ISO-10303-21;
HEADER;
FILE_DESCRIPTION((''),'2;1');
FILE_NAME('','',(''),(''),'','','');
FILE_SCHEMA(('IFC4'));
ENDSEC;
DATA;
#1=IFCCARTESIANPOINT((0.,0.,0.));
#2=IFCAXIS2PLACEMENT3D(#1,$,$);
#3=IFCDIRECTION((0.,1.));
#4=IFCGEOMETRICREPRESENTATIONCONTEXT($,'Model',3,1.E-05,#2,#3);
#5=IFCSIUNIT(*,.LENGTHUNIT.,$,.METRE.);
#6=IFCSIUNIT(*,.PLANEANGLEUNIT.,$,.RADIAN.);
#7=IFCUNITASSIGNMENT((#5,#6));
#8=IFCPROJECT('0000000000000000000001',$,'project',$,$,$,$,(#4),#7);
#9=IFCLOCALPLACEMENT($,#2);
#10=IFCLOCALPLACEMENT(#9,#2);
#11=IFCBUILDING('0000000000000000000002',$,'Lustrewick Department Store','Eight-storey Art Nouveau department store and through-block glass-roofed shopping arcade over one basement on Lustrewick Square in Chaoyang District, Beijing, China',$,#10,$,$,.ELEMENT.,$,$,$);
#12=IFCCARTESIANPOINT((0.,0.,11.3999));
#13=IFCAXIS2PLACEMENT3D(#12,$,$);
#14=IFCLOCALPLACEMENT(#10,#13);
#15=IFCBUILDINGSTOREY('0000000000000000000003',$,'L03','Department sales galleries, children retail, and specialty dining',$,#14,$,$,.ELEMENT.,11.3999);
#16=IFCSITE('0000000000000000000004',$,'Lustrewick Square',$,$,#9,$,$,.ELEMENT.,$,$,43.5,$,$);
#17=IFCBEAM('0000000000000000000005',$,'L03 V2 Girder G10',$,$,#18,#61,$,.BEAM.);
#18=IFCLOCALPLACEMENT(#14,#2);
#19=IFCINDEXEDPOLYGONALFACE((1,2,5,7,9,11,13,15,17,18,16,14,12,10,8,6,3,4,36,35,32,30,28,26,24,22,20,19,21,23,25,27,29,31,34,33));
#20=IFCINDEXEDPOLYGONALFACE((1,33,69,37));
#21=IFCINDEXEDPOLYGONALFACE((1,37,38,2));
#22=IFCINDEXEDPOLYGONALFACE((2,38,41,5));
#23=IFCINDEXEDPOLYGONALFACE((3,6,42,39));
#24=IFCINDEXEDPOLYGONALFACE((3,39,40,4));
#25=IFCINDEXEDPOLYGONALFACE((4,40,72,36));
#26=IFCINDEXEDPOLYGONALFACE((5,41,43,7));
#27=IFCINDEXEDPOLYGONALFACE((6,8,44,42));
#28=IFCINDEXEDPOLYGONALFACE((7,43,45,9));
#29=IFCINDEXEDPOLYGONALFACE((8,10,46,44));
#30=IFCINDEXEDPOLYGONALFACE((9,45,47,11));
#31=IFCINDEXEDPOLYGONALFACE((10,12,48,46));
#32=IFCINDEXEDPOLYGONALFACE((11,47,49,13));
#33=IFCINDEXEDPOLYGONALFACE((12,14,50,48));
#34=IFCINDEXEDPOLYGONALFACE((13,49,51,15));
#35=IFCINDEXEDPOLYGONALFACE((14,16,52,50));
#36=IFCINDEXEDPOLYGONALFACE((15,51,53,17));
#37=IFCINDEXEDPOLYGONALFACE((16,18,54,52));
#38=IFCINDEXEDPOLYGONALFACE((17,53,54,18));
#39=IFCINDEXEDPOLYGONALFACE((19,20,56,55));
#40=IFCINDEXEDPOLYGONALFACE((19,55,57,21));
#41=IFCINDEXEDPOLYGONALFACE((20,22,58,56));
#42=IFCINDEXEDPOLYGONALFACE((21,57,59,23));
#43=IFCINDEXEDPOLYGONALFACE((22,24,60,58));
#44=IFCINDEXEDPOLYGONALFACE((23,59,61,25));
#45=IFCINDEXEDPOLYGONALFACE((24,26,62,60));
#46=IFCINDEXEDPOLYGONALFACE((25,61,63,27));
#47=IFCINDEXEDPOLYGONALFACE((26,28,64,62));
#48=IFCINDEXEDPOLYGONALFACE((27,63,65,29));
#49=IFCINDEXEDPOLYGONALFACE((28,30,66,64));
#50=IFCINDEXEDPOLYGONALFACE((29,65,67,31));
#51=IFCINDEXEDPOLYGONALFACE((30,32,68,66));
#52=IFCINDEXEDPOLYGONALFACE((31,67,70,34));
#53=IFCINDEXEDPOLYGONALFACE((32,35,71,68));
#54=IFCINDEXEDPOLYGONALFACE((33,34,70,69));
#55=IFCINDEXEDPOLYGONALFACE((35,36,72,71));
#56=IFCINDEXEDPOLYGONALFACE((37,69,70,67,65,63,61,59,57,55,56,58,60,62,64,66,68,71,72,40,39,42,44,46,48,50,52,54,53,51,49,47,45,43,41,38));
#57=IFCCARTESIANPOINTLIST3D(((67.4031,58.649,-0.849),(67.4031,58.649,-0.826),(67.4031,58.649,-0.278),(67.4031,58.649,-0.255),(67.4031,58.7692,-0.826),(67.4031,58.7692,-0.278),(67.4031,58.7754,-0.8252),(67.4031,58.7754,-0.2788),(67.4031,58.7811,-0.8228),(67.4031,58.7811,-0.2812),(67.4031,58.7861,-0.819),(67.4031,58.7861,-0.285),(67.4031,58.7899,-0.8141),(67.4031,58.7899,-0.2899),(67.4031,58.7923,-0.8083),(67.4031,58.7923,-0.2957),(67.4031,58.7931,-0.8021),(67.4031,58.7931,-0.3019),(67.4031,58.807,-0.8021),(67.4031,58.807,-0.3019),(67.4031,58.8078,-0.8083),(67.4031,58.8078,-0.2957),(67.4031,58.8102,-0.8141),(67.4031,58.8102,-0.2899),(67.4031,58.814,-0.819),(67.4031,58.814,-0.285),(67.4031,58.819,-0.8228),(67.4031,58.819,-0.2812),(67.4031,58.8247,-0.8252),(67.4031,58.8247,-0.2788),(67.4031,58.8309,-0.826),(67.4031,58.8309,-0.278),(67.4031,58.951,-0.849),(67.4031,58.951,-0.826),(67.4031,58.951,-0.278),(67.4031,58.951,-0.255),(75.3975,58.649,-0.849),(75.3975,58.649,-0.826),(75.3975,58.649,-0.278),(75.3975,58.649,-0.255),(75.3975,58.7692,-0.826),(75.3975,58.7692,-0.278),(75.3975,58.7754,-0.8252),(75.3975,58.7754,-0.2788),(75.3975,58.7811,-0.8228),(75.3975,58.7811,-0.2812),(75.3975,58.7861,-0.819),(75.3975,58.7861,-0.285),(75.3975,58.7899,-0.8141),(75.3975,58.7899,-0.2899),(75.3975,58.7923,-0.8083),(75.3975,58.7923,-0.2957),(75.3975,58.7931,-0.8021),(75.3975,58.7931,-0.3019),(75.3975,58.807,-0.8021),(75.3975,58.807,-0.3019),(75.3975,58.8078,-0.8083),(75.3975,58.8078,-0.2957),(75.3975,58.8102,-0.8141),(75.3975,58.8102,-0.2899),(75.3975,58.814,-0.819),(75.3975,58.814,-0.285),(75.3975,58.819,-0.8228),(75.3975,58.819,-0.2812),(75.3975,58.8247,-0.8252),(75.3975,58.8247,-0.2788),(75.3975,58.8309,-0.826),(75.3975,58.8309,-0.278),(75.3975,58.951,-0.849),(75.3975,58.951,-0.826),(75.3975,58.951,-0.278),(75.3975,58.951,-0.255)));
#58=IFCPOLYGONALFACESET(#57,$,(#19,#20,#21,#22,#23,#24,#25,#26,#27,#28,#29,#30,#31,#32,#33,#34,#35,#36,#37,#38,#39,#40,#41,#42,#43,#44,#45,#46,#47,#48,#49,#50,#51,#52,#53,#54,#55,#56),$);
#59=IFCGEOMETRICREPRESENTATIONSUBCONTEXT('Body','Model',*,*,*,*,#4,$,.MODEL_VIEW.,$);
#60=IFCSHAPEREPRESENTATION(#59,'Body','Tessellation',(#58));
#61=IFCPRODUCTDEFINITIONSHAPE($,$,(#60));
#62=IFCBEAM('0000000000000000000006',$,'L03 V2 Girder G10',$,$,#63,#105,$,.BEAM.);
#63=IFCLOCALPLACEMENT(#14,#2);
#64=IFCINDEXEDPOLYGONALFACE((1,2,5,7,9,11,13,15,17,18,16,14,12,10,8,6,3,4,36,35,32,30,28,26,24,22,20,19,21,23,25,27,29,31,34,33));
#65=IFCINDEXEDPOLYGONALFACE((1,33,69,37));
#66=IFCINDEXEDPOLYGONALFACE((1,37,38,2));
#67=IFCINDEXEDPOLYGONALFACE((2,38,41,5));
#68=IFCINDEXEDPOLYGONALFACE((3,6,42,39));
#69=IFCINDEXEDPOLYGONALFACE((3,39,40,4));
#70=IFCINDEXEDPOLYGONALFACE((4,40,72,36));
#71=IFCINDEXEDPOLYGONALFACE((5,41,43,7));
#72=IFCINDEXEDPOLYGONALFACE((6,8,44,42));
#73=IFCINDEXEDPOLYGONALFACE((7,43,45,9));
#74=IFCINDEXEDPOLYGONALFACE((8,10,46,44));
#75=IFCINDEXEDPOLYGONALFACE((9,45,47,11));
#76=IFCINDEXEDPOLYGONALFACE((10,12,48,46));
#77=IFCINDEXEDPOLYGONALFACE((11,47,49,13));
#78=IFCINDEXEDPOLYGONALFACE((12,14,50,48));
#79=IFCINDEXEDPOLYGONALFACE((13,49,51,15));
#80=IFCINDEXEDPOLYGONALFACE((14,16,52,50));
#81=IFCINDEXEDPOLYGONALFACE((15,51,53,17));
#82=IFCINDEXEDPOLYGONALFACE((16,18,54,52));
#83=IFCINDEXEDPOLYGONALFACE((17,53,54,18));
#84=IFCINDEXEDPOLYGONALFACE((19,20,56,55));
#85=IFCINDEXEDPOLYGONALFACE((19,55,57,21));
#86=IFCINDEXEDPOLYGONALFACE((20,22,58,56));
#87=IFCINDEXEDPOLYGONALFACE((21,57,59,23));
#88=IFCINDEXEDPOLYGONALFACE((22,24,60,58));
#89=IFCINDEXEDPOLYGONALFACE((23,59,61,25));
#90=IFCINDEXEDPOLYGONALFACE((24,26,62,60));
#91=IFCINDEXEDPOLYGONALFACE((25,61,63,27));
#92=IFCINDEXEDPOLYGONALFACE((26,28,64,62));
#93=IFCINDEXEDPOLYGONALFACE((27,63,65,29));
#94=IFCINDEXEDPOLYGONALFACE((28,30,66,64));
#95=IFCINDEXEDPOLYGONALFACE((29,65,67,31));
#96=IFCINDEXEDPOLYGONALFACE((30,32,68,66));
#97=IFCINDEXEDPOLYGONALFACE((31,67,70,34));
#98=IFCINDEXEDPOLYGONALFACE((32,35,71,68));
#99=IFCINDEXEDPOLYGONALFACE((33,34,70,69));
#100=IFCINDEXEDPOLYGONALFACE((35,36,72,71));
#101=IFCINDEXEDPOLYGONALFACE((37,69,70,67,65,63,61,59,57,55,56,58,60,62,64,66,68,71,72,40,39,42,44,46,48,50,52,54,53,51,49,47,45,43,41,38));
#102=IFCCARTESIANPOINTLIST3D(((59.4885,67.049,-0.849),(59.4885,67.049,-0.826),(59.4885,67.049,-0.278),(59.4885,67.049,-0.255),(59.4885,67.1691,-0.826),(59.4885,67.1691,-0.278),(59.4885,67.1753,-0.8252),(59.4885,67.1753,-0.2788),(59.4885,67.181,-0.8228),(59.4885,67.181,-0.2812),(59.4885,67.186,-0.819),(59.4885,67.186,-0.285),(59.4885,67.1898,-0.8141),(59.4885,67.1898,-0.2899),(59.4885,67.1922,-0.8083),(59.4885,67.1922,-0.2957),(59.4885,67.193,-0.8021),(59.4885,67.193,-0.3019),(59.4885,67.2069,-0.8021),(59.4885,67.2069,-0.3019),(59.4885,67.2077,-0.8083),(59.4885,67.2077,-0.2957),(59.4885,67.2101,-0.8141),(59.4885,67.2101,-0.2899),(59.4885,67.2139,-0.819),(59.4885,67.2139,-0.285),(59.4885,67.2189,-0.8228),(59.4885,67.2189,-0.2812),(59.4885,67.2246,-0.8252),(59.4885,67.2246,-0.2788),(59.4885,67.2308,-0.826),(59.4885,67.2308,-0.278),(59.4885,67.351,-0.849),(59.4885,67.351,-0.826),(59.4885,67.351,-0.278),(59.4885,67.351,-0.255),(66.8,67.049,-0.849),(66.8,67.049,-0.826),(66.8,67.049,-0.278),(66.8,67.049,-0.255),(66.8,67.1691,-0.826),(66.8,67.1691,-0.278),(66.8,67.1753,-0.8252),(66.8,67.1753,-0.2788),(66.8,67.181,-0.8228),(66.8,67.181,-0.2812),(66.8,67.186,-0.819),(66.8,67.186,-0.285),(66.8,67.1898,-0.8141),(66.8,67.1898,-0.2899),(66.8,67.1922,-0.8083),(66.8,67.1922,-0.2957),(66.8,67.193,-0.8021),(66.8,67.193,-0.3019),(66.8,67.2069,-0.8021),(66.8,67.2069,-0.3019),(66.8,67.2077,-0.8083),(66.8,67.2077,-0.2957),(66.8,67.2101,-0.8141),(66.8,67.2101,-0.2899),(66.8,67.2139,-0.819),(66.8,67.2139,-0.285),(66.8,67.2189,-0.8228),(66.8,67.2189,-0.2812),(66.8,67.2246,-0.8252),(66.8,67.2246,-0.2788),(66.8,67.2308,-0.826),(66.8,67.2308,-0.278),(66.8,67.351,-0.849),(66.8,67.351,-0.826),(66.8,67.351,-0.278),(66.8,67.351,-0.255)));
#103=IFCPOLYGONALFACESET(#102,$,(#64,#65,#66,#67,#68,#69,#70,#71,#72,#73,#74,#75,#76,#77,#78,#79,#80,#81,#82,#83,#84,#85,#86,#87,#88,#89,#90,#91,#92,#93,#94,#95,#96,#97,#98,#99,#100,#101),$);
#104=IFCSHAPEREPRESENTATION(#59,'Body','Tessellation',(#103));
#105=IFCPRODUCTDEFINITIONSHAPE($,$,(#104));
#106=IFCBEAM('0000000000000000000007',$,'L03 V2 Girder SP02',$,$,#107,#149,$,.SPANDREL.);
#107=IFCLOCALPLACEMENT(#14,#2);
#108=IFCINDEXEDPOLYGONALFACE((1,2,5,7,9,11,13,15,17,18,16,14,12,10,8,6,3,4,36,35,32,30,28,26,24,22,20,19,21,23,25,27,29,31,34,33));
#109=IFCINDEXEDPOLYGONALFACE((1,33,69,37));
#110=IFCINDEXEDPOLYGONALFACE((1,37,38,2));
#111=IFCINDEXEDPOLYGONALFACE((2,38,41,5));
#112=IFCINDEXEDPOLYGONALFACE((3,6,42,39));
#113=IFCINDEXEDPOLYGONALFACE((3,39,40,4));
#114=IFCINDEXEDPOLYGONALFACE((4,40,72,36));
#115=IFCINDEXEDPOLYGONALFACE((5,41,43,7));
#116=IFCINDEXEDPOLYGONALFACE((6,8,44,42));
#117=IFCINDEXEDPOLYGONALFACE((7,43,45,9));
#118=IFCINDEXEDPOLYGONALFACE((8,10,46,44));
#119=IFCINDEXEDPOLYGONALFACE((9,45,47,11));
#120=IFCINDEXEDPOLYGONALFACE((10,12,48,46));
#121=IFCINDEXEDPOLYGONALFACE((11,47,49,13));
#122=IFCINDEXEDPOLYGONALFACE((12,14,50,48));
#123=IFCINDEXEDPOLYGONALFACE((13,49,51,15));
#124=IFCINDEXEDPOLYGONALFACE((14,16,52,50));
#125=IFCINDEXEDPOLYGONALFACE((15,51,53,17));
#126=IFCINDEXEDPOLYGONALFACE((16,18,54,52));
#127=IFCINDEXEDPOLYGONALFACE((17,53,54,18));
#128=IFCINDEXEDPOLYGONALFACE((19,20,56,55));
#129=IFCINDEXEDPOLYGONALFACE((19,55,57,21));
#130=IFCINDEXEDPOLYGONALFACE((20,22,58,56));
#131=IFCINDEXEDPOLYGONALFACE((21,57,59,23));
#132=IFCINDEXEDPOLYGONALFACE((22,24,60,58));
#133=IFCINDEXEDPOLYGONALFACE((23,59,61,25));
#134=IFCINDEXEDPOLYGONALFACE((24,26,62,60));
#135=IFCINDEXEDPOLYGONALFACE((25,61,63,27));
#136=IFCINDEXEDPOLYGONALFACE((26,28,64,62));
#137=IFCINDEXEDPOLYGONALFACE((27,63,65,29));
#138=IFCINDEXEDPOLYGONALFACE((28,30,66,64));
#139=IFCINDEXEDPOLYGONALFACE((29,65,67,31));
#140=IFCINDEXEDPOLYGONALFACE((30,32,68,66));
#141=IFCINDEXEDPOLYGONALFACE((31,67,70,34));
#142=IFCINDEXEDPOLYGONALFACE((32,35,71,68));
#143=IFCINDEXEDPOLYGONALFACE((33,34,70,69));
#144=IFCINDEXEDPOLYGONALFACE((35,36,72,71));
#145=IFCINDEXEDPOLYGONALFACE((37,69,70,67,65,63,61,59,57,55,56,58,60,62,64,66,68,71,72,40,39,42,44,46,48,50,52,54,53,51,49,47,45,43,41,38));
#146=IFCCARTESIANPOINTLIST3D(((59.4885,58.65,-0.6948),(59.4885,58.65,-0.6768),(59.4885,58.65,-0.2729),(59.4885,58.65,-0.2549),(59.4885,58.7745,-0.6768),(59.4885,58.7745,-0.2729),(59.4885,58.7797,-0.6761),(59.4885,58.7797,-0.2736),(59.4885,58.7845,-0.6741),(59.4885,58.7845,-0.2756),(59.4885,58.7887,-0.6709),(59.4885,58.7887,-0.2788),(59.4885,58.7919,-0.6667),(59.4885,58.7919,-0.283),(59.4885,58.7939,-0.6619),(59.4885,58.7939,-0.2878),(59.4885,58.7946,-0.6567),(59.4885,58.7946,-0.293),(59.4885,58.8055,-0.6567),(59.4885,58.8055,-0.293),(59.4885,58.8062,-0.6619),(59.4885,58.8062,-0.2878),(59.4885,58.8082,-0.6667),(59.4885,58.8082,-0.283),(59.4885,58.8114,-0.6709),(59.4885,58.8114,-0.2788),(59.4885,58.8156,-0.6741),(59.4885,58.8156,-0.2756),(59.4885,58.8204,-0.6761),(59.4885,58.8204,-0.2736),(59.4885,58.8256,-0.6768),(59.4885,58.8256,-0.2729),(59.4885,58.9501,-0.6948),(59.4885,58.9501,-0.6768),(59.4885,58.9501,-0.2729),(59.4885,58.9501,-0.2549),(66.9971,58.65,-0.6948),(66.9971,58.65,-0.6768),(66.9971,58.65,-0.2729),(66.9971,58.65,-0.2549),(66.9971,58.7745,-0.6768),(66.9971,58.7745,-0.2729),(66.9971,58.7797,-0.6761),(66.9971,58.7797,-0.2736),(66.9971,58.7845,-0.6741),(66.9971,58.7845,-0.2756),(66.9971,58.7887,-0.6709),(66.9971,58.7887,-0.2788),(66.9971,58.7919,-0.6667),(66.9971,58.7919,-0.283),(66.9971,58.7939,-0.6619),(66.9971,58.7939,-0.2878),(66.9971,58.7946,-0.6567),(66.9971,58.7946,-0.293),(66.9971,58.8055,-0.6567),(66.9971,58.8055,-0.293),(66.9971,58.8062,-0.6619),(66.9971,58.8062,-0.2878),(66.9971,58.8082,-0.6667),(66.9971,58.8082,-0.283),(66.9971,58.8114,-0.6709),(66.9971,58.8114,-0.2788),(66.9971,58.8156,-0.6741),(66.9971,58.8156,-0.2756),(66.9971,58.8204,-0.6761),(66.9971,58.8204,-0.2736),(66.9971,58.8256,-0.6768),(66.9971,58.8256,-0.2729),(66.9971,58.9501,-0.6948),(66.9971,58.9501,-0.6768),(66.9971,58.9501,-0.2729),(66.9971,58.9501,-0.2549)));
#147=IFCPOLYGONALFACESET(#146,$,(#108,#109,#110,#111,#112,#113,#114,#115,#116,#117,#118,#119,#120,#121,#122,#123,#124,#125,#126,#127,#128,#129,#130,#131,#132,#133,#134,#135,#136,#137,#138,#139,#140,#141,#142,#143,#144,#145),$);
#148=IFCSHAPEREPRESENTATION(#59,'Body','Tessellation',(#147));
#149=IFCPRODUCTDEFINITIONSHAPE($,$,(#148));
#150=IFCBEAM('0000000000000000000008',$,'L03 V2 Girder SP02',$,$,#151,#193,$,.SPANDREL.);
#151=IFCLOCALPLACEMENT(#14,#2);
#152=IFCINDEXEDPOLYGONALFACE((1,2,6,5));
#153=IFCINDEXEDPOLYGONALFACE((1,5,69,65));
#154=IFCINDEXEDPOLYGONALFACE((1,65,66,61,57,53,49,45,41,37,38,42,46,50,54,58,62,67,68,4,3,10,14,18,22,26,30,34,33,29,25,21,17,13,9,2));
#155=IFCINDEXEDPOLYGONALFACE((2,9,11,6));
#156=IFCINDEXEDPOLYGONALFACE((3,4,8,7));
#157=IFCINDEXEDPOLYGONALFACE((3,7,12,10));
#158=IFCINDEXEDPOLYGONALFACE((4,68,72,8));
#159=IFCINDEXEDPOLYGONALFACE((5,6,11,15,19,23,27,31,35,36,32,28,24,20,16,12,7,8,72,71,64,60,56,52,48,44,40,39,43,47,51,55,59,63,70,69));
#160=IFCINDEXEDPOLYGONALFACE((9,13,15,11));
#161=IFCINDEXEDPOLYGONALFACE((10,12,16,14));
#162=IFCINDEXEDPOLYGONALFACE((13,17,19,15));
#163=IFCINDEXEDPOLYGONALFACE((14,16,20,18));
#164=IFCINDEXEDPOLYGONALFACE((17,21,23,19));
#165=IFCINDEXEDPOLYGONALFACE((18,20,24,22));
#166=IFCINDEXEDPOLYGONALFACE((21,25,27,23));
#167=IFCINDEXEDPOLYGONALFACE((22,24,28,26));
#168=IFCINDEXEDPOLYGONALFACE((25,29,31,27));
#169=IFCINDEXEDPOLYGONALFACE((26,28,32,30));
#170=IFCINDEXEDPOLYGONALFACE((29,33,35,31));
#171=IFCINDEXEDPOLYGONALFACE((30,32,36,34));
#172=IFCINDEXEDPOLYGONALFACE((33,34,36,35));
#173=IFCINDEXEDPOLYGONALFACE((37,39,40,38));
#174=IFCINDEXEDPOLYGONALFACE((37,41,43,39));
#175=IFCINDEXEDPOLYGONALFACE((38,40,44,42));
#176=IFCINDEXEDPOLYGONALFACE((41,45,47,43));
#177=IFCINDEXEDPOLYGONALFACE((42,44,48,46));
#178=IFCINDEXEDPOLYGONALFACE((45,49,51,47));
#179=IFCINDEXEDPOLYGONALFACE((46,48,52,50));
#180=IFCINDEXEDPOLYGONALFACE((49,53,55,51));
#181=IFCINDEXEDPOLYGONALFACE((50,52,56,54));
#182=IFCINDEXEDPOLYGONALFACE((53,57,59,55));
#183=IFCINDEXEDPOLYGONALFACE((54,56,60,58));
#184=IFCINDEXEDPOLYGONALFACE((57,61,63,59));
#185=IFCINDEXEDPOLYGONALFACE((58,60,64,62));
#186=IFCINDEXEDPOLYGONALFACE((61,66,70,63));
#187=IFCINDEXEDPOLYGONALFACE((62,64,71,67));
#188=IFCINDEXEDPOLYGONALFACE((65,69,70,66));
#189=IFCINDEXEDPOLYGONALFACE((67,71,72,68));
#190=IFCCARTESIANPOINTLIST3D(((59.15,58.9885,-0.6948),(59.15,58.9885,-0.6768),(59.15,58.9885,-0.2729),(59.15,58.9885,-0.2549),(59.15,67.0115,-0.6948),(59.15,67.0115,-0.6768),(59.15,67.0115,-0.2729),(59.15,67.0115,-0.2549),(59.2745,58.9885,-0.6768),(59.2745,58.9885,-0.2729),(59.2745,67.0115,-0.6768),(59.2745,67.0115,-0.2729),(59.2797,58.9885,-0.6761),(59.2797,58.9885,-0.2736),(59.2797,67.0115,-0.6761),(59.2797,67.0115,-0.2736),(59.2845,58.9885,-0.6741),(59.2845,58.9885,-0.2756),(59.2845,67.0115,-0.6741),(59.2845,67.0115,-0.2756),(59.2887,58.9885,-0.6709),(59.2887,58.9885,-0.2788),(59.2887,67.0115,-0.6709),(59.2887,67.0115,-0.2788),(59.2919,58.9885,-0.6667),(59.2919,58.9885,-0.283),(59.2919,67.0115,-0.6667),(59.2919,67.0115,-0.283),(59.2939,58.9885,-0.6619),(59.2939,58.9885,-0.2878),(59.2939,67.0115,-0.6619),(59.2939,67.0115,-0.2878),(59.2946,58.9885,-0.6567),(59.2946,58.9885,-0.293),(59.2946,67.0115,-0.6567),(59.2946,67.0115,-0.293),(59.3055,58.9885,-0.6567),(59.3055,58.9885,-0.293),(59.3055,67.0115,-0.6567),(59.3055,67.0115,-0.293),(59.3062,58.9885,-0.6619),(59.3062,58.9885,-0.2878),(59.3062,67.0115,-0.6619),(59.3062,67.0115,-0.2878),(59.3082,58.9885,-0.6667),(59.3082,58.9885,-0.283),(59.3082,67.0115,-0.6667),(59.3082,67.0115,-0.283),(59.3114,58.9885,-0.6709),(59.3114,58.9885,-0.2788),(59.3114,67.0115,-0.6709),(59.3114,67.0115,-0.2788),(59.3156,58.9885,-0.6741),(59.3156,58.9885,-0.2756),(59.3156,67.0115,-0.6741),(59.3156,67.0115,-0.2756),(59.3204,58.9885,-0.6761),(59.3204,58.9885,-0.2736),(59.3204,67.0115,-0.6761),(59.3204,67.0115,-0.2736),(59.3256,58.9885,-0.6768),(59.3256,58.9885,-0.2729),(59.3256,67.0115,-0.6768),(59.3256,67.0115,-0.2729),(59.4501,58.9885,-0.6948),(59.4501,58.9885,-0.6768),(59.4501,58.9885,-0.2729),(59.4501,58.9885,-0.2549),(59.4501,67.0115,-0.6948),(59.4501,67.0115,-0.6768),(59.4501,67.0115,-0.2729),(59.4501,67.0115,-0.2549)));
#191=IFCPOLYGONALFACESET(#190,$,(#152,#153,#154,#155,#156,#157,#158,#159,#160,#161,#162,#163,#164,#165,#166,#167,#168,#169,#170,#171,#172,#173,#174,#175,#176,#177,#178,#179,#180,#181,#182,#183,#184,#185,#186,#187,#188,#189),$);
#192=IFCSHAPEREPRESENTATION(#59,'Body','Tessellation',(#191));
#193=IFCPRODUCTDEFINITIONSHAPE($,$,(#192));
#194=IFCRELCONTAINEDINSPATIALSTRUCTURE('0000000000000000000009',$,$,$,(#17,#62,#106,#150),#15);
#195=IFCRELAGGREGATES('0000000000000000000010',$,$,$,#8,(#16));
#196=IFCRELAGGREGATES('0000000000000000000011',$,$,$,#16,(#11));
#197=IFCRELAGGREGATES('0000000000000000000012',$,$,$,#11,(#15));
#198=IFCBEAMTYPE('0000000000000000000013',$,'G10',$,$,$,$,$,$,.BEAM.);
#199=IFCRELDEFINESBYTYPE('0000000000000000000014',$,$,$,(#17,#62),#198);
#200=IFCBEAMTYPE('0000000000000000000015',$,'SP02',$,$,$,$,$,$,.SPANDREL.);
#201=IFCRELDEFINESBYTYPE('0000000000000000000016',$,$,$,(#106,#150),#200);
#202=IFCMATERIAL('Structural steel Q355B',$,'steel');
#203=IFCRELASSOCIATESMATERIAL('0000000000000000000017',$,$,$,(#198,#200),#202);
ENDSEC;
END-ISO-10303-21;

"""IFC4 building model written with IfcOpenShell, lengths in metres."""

from ifc_helpers import new_model, si_unit, direction, frame, origin, origin_2d, place, context, subcontext, project, spatial, i_section, extrude, material, material_profile, profile_set, type_object, element, save


model = new_model("IFC4")

# Units and contexts
model_context = context("Model", 3, precision=1e-05, world=origin(), true_north=direction((0.0, 1.0)))
body_context = subcontext(model_context, "Body", "Model", "MODEL_VIEW")
ifc_project = project(units=[si_unit("LENGTHUNIT", "METRE"), si_unit("PLANEANGLEUNIT", "RADIAN")], contexts=[model_context])

# Site, building, storey
site_placement = place(None, origin())
site = spatial("IfcSite", under=ifc_project, at=site_placement, Name="Lustrewick Square", CompositionType="ELEMENT", RefElevation=43.5)
building_placement = place(site_placement, origin())
building = spatial("IfcBuilding", under=site, at=building_placement, Name="Lustrewick Department Store", Description="Eight-storey Art Nouveau department store and through-block glass-roofed shopping arcade over one basement on Lustrewick Square in Chaoyang District, Beijing, China", CompositionType="ELEMENT")
storey_placement = place(building_placement, frame((0.0, 0.0, 11.3999)))
storey = spatial("IfcBuildingStorey", under=building, at=storey_placement, Name="L03", Description="Department sales galleries, children retail, and specialty dining", CompositionType="ELEMENT", Elevation=11.3999)

# Shared definitions
ifc_material_1 = material(Name="Structural steel Q355B", Category="steel")

# Beams
ifc_material_profile_1 = material_profile(ifc_material_1, i_section(OverallWidth=0.302, OverallDepth=0.594, WebThickness=0.0139, FlangeThickness=0.0229, FilletRadius=0.0239, at=origin_2d()), Name="HM 594x302x14x23")
ifc_profile_set_1 = profile_set([ifc_material_profile_1], Name="Structural steel Q355B")
beam_type_1 = type_object("IfcBeamType", Name="G10", PredefinedType="BEAM", material=ifc_profile_set_1)
beam_1_placement = place(storey_placement, frame((67.4031, 58.8, -0.552), z_axis=(1.0, 0.0, 0.0), x_axis=(0.0, 1.0, 0.0)))
element("IfcBeam", 1, at=beam_1_placement, inside=storey, type_object=beam_type_1, Name="L03 V2 Girder G10", PredefinedType="BEAM", context=body_context, shape_type="SweptSolid", body=[
    extrude(i_section(OverallWidth=0.302, OverallDepth=0.594, WebThickness=0.0139, FlangeThickness=0.0229, FilletRadius=0.0239, at=origin_2d()), origin(), (0.0, 0.0, 1.0), 7.9944),
])
beam_2_placement = place(storey_placement, frame((59.4885, 67.2, -0.552), z_axis=(1.0, 0.0, 0.0), x_axis=(0.0, 1.0, 0.0)))
element("IfcBeam", 2, at=beam_2_placement, inside=storey, type_object=beam_type_1, Name="L03 V2 Girder G10", PredefinedType="BEAM", context=body_context, shape_type="SweptSolid", body=[
    extrude(i_section(OverallWidth=0.302, OverallDepth=0.594, WebThickness=0.0139, FlangeThickness=0.0229, FilletRadius=0.0239, at=origin_2d()), origin(), (0.0, 0.0, 1.0), 7.3115),
])
ifc_material_profile_2 = material_profile(ifc_material_1, i_section(OverallWidth=0.3, OverallDepth=0.4399, WebThickness=0.011, FlangeThickness=0.0181, FilletRadius=0.02, at=origin_2d()), Name="HM 440x300x11x18")
ifc_profile_set_2 = profile_set([ifc_material_profile_2], Name="Structural steel Q355B")
beam_type_2 = type_object("IfcBeamType", Name="SP02", PredefinedType="SPANDREL", material=ifc_profile_set_2)
beam_3_placement = place(storey_placement, frame((59.4885, 58.8, -0.4749), z_axis=(1.0, 0.0, 0.0), x_axis=(0.0, 1.0, 0.0)))
element("IfcBeam", 3, at=beam_3_placement, inside=storey, type_object=beam_type_2, Name="L03 V2 Girder SP02", PredefinedType="SPANDREL", context=body_context, shape_type="SweptSolid", body=[
    extrude(i_section(OverallWidth=0.3, OverallDepth=0.4399, WebThickness=0.011, FlangeThickness=0.0181, FilletRadius=0.02, at=origin_2d()), origin(), (0.0, 0.0, 1.0), 7.5085),
])
beam_4_placement = place(storey_placement, frame((59.3, 58.9885, -0.4749), z_axis=(0.0, 1.0, 0.0), x_axis=(-1.0, 0.0, 0.0)))
element("IfcBeam", 4, at=beam_4_placement, inside=storey, type_object=beam_type_2, Name="L03 V2 Girder SP02", PredefinedType="SPANDREL", context=body_context, shape_type="SweptSolid", body=[
    extrude(i_section(OverallWidth=0.3, OverallDepth=0.4399, WebThickness=0.011, FlangeThickness=0.0181, FilletRadius=0.02, at=origin_2d()), origin(), (0.0, 0.0, 1.0), 8.0229),
])

save(model, "model.ifc")
